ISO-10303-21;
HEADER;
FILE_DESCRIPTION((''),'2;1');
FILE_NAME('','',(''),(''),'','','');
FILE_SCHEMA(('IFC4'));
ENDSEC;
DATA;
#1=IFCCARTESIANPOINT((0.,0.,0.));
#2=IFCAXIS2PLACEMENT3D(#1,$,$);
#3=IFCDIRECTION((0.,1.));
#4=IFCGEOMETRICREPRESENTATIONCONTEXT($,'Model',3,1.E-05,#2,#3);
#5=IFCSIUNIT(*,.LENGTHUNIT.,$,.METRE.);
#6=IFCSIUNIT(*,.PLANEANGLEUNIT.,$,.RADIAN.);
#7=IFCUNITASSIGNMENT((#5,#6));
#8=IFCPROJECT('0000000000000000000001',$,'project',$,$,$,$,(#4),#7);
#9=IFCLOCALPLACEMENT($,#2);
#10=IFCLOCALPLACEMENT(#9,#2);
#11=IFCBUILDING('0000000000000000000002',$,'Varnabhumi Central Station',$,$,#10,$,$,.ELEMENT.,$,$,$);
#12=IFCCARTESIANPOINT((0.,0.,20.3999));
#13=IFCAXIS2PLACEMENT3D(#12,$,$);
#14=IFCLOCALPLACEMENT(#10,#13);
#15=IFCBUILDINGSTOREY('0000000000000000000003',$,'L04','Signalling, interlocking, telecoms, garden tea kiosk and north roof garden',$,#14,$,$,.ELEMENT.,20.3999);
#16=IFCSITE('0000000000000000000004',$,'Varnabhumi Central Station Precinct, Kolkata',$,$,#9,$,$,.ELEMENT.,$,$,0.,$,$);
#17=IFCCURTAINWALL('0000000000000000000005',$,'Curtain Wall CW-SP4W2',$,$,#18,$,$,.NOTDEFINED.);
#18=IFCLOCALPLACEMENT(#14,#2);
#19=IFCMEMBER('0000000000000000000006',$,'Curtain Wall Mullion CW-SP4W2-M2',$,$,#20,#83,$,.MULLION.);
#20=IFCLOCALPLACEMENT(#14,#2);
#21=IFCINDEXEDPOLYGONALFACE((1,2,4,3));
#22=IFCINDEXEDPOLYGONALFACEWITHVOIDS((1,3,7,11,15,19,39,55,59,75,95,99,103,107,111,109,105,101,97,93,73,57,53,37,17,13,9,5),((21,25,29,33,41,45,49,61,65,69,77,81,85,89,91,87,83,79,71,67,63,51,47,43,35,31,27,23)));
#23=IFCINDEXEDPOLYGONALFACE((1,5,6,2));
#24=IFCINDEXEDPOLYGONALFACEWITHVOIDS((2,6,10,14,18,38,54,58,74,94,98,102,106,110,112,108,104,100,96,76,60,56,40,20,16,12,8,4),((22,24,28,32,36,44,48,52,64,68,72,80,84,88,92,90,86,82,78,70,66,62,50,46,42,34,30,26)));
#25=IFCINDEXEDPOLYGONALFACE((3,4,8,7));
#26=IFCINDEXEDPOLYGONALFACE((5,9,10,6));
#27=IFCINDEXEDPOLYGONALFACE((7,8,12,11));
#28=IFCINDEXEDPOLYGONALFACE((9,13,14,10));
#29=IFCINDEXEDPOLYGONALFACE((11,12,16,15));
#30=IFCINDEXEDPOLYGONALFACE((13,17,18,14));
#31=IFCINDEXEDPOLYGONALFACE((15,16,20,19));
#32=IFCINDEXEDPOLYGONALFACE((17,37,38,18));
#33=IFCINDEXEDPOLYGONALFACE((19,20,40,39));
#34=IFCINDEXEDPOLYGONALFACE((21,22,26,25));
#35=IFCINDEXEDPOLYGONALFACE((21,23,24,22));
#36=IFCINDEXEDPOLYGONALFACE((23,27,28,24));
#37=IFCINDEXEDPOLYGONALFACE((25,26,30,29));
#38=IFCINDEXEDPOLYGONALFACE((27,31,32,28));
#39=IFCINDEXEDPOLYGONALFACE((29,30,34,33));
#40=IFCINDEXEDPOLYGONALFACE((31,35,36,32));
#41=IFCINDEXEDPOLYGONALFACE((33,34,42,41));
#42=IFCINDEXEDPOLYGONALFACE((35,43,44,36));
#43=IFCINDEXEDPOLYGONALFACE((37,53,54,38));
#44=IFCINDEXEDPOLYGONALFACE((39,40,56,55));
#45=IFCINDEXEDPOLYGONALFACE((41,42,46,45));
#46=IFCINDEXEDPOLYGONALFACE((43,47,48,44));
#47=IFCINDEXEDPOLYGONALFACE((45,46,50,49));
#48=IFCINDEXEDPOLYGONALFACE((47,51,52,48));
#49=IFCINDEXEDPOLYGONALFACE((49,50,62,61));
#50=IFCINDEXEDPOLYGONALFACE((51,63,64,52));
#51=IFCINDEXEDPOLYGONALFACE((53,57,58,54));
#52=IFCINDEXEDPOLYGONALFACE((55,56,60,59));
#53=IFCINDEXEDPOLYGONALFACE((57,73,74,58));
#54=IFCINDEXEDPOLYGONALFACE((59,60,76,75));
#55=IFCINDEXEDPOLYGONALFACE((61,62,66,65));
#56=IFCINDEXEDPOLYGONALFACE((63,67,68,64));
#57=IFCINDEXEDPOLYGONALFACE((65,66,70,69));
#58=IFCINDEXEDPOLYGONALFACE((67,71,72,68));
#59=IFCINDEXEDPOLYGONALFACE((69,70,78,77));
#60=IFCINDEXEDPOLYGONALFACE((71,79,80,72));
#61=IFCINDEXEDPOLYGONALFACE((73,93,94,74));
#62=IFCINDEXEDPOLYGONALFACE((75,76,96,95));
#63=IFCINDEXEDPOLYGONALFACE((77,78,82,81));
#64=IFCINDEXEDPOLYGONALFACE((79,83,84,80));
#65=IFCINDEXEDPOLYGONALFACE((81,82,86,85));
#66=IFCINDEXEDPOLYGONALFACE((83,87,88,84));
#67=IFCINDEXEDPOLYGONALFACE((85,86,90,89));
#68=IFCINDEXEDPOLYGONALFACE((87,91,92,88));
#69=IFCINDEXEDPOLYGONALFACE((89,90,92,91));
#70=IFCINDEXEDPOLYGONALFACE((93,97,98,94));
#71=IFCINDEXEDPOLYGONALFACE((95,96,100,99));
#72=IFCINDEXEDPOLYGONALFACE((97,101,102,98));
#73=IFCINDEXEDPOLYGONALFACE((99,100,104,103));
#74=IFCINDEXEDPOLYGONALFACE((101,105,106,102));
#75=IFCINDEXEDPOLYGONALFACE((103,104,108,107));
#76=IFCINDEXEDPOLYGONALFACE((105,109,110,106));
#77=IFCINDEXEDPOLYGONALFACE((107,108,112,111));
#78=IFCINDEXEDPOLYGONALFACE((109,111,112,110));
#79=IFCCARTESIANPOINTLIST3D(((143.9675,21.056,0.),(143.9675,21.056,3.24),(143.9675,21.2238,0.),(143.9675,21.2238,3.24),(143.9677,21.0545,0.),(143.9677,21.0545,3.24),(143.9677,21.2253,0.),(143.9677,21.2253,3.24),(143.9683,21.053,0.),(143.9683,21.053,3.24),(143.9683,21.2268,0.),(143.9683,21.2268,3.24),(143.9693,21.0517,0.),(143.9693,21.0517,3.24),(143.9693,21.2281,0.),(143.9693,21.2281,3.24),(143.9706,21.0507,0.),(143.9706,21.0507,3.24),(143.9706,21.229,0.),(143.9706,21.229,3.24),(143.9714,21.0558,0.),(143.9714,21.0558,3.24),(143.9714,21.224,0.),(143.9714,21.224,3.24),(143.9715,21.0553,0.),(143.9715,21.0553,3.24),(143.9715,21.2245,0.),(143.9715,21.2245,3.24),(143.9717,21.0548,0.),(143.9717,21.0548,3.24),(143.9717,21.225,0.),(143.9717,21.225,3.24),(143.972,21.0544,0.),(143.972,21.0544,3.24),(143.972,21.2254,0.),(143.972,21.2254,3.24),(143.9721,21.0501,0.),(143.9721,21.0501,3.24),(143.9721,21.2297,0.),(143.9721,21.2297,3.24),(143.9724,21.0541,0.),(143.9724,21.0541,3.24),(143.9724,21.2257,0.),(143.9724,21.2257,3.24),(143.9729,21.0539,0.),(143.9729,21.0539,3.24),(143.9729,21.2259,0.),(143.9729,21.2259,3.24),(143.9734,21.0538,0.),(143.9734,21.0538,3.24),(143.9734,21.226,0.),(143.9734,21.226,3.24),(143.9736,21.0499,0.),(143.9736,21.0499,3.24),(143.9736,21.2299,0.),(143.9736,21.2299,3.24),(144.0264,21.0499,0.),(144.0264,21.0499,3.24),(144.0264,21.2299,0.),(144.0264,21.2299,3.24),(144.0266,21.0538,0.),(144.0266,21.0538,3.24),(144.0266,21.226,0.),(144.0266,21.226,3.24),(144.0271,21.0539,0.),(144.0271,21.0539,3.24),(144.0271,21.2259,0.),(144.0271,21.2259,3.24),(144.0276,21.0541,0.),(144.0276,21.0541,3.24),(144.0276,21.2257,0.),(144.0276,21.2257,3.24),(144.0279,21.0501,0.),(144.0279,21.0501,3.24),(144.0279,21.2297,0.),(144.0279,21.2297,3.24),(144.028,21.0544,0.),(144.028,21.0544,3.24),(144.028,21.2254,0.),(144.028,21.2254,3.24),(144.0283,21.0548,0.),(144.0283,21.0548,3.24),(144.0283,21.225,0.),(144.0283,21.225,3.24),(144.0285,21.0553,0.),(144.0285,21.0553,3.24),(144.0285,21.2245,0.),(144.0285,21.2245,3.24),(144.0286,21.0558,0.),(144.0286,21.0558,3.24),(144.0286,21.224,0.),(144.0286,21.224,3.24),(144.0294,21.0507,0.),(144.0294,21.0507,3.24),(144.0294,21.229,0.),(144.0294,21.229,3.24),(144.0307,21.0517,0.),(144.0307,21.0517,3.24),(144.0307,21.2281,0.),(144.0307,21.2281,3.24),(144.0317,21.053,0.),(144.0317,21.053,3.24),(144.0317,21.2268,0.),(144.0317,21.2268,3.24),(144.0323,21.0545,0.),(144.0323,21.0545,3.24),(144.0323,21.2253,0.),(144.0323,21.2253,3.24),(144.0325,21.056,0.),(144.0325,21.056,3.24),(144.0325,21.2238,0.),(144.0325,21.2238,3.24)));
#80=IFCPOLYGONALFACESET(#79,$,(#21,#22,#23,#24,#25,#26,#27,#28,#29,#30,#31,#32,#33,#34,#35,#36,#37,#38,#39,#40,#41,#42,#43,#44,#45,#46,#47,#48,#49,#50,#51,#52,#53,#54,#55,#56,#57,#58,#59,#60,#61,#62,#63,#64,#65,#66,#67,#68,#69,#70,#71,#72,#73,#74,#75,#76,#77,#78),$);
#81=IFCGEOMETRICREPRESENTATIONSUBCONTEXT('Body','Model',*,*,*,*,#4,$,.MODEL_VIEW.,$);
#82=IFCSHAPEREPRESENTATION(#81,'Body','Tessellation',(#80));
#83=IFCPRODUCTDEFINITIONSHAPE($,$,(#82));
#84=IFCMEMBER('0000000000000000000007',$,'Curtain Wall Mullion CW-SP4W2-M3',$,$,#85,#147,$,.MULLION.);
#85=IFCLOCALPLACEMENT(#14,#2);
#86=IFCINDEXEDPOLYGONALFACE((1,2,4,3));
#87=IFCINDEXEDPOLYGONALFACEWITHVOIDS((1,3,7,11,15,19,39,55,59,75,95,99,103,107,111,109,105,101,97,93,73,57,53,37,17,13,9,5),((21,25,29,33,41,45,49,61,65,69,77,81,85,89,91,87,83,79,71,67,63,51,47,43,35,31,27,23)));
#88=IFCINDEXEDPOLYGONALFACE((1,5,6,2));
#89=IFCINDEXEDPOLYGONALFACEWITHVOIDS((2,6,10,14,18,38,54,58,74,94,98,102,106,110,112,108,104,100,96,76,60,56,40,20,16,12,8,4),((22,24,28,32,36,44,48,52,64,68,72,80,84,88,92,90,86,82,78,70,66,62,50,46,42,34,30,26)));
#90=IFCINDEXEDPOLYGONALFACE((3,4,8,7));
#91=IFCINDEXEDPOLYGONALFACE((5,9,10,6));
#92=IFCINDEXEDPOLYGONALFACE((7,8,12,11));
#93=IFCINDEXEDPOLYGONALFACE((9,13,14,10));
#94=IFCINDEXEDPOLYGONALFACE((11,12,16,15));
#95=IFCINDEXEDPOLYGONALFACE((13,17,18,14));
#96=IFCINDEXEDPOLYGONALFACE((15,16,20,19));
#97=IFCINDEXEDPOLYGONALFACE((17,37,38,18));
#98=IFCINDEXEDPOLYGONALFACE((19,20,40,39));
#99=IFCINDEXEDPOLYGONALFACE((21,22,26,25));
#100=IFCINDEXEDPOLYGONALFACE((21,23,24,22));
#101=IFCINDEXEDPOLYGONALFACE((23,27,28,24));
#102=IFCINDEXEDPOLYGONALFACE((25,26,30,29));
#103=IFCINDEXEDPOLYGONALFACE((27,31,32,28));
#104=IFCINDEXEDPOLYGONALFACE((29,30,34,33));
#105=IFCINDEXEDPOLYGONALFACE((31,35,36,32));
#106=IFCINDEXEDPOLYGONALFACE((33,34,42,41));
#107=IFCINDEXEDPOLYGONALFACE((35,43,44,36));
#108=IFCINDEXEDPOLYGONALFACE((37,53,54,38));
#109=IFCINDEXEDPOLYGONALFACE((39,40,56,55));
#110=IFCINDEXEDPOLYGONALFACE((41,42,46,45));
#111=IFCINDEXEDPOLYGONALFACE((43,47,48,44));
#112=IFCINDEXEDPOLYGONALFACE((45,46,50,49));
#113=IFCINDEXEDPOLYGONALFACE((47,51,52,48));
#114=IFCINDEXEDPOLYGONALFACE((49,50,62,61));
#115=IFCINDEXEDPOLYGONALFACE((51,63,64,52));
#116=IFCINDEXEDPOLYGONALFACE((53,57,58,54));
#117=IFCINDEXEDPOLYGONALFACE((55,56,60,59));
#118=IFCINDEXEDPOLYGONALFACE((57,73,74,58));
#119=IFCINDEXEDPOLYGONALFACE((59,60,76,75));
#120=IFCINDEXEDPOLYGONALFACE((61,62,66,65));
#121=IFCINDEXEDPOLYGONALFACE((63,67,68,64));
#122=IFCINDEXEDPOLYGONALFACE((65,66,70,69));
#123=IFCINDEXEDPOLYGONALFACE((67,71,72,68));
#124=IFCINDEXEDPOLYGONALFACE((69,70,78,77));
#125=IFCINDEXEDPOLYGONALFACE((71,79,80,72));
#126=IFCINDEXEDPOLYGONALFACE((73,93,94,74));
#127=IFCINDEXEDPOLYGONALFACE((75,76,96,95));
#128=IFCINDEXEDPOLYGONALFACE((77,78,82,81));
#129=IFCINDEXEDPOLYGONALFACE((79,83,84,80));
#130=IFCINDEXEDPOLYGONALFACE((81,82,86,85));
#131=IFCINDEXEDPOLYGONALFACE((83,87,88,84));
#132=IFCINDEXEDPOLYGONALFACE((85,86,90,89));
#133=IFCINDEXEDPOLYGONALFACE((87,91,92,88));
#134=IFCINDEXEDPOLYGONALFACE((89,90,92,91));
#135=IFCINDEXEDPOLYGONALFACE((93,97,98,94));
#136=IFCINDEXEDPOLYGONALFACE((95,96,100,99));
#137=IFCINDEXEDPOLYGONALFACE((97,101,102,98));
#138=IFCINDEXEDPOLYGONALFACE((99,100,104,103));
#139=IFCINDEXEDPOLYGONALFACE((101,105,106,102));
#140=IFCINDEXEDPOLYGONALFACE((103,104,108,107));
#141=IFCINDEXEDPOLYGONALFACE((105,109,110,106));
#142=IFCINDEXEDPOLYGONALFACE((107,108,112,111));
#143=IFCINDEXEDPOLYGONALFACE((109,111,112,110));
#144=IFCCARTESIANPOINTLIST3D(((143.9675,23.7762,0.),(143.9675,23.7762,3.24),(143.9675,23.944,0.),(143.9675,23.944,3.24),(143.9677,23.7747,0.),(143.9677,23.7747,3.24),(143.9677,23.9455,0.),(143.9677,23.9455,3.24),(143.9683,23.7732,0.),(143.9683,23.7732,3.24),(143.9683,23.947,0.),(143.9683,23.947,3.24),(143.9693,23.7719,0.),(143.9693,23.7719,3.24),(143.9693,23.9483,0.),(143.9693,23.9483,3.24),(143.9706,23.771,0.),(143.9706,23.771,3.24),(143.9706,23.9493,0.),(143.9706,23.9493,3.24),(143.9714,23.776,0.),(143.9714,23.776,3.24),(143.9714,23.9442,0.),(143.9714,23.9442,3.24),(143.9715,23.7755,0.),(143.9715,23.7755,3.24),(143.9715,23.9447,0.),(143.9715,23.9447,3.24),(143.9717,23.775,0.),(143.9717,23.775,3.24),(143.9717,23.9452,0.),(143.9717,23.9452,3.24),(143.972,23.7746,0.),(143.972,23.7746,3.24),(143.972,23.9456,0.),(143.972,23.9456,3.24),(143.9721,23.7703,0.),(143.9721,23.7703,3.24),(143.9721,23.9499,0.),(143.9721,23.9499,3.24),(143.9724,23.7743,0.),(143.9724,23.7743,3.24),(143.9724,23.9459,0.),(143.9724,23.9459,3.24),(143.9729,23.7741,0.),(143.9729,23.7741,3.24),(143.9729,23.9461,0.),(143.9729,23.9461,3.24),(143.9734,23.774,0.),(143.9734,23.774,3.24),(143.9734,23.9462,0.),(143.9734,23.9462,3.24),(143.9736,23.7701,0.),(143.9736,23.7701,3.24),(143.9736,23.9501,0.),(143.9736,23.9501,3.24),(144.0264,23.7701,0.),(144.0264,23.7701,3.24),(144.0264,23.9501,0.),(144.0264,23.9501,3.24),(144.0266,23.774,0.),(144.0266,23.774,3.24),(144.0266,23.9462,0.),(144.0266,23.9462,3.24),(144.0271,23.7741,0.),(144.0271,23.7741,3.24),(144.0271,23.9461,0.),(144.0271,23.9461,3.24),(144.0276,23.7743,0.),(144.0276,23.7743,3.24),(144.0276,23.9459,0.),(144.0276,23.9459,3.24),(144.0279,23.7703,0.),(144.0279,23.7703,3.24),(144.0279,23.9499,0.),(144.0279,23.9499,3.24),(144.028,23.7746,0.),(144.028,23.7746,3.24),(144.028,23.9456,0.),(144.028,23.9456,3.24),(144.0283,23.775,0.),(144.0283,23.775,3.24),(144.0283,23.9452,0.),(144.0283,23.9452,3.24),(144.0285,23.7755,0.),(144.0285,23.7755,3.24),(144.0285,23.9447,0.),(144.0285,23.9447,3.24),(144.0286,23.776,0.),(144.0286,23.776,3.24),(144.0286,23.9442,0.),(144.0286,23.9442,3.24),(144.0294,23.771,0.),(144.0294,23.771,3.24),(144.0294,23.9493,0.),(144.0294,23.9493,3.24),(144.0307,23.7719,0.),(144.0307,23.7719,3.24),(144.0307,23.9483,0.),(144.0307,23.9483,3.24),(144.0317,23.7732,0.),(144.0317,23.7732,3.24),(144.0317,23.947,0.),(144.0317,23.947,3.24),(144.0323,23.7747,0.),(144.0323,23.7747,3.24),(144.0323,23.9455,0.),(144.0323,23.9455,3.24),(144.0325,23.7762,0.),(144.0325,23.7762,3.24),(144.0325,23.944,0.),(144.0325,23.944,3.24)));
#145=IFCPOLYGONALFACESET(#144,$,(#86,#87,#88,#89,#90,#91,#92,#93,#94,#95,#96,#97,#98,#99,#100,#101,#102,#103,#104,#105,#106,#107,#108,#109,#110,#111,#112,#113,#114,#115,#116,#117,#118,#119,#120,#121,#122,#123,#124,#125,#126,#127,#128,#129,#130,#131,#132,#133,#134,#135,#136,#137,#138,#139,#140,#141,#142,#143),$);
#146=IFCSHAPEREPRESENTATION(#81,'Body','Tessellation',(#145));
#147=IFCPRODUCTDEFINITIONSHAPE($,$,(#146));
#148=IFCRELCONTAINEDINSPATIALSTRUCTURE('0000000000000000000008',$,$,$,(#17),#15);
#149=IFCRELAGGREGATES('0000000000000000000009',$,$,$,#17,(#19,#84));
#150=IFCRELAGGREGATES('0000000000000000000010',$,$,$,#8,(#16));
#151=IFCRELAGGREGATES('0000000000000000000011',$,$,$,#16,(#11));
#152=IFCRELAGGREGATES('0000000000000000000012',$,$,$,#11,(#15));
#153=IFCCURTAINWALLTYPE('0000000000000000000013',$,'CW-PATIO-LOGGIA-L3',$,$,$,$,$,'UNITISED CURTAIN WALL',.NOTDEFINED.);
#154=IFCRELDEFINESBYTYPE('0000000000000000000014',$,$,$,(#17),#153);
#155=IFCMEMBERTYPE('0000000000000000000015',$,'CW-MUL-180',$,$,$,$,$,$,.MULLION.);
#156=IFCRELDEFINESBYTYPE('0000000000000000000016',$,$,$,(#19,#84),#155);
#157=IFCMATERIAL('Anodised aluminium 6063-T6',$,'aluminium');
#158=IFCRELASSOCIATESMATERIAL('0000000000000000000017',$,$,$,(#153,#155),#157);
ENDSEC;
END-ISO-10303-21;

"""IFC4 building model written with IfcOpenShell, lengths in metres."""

from ifc_helpers import new_model, si_unit, direction, frame, origin, origin_2d, place, context, subcontext, project, spatial, hollow_rectangle, extrude, material, material_profile, profile_set, type_object, element, aggregate, save


model = new_model("IFC4")

# Units and contexts
model_context = context("Model", 3, precision=1e-05, world=origin(), true_north=direction((0.0, 1.0)))
body_context = subcontext(model_context, "Body", "Model", "MODEL_VIEW")
ifc_project = project(units=[si_unit("LENGTHUNIT", "METRE"), si_unit("PLANEANGLEUNIT", "RADIAN")], contexts=[model_context])

# Site, building, storey
site_placement = place(None, origin())
site = spatial("IfcSite", under=ifc_project, at=site_placement, Name="Varnabhumi Central Station Precinct, Kolkata", CompositionType="ELEMENT", RefElevation=0.0)
building_placement = place(site_placement, origin())
building = spatial("IfcBuilding", under=site, at=building_placement, Name="Varnabhumi Central Station", CompositionType="ELEMENT")
storey_placement = place(building_placement, frame((0.0, 0.0, 20.3999)))
storey = spatial("IfcBuildingStorey", under=building, at=storey_placement, Name="L04", Description="Signalling, interlocking, telecoms, garden tea kiosk and north roof garden", CompositionType="ELEMENT", Elevation=20.3999)

# Curtain wall, members
ifc_material_1 = material(Name="Anodised aluminium 6063-T6", Category="aluminium")
curtain_wall_type = type_object("IfcCurtainWallType", Name="CW-PATIO-LOGGIA-L3", ElementType="UNITISED CURTAIN WALL", PredefinedType="NOTDEFINED", material=ifc_material_1)
ifc_material_profile_1 = material_profile(ifc_material_1, hollow_rectangle(XDim=0.0649, YDim=0.1799, WallThickness=0.0039, InnerFilletRadius=0.002, OuterFilletRadius=0.0061, at=origin_2d()), Name="Anodised aluminium 6063-T6", Category="aluminium")
ifc_profile_set_1 = profile_set([ifc_material_profile_1], Name="Anodised aluminium 6063-T6")
member_type_1 = type_object("IfcMemberType", Name="CW-MUL-180", PredefinedType="MULLION", material=ifc_profile_set_1)
curtain_wall_1_placement = place(storey_placement, origin())
curtain_wall_1 = element("IfcCurtainWall", 1, at=curtain_wall_1_placement, inside=storey, type_object=curtain_wall_type, Name="Curtain Wall CW-SP4W2", PredefinedType="NOTDEFINED")
member_1_placement = place(storey_placement, frame((144.0, 21.1399, 0.0), z_axis=(0.0, 0.0, 1.0), x_axis=(1.0, 0.0, 0.0)))
member_1 = element("IfcMember", 2, at=member_1_placement, type_object=member_type_1, Name="Curtain Wall Mullion CW-SP4W2-M2", PredefinedType="MULLION", context=body_context, shape_type="SweptSolid", body=[
    extrude(hollow_rectangle(XDim=0.0649, YDim=0.1799, WallThickness=0.0039, InnerFilletRadius=0.002, OuterFilletRadius=0.0061, at=origin_2d()), origin(), (0.0, 0.0, 1.0), 3.24),
])
member_2_placement = place(storey_placement, frame((144.0, 23.8601, 0.0), z_axis=(0.0, 0.0, 1.0), x_axis=(1.0, 0.0, 0.0)))
member_2 = element("IfcMember", 3, at=member_2_placement, type_object=member_type_1, Name="Curtain Wall Mullion CW-SP4W2-M3", PredefinedType="MULLION", context=body_context, shape_type="SweptSolid", body=[
    extrude(hollow_rectangle(XDim=0.0649, YDim=0.1799, WallThickness=0.0039, InnerFilletRadius=0.002, OuterFilletRadius=0.0061, at=origin_2d()), origin(), (0.0, 0.0, 1.0), 3.24),
])

aggregate(curtain_wall_1, [member_1, member_2])

save(model, "model.ifc")
